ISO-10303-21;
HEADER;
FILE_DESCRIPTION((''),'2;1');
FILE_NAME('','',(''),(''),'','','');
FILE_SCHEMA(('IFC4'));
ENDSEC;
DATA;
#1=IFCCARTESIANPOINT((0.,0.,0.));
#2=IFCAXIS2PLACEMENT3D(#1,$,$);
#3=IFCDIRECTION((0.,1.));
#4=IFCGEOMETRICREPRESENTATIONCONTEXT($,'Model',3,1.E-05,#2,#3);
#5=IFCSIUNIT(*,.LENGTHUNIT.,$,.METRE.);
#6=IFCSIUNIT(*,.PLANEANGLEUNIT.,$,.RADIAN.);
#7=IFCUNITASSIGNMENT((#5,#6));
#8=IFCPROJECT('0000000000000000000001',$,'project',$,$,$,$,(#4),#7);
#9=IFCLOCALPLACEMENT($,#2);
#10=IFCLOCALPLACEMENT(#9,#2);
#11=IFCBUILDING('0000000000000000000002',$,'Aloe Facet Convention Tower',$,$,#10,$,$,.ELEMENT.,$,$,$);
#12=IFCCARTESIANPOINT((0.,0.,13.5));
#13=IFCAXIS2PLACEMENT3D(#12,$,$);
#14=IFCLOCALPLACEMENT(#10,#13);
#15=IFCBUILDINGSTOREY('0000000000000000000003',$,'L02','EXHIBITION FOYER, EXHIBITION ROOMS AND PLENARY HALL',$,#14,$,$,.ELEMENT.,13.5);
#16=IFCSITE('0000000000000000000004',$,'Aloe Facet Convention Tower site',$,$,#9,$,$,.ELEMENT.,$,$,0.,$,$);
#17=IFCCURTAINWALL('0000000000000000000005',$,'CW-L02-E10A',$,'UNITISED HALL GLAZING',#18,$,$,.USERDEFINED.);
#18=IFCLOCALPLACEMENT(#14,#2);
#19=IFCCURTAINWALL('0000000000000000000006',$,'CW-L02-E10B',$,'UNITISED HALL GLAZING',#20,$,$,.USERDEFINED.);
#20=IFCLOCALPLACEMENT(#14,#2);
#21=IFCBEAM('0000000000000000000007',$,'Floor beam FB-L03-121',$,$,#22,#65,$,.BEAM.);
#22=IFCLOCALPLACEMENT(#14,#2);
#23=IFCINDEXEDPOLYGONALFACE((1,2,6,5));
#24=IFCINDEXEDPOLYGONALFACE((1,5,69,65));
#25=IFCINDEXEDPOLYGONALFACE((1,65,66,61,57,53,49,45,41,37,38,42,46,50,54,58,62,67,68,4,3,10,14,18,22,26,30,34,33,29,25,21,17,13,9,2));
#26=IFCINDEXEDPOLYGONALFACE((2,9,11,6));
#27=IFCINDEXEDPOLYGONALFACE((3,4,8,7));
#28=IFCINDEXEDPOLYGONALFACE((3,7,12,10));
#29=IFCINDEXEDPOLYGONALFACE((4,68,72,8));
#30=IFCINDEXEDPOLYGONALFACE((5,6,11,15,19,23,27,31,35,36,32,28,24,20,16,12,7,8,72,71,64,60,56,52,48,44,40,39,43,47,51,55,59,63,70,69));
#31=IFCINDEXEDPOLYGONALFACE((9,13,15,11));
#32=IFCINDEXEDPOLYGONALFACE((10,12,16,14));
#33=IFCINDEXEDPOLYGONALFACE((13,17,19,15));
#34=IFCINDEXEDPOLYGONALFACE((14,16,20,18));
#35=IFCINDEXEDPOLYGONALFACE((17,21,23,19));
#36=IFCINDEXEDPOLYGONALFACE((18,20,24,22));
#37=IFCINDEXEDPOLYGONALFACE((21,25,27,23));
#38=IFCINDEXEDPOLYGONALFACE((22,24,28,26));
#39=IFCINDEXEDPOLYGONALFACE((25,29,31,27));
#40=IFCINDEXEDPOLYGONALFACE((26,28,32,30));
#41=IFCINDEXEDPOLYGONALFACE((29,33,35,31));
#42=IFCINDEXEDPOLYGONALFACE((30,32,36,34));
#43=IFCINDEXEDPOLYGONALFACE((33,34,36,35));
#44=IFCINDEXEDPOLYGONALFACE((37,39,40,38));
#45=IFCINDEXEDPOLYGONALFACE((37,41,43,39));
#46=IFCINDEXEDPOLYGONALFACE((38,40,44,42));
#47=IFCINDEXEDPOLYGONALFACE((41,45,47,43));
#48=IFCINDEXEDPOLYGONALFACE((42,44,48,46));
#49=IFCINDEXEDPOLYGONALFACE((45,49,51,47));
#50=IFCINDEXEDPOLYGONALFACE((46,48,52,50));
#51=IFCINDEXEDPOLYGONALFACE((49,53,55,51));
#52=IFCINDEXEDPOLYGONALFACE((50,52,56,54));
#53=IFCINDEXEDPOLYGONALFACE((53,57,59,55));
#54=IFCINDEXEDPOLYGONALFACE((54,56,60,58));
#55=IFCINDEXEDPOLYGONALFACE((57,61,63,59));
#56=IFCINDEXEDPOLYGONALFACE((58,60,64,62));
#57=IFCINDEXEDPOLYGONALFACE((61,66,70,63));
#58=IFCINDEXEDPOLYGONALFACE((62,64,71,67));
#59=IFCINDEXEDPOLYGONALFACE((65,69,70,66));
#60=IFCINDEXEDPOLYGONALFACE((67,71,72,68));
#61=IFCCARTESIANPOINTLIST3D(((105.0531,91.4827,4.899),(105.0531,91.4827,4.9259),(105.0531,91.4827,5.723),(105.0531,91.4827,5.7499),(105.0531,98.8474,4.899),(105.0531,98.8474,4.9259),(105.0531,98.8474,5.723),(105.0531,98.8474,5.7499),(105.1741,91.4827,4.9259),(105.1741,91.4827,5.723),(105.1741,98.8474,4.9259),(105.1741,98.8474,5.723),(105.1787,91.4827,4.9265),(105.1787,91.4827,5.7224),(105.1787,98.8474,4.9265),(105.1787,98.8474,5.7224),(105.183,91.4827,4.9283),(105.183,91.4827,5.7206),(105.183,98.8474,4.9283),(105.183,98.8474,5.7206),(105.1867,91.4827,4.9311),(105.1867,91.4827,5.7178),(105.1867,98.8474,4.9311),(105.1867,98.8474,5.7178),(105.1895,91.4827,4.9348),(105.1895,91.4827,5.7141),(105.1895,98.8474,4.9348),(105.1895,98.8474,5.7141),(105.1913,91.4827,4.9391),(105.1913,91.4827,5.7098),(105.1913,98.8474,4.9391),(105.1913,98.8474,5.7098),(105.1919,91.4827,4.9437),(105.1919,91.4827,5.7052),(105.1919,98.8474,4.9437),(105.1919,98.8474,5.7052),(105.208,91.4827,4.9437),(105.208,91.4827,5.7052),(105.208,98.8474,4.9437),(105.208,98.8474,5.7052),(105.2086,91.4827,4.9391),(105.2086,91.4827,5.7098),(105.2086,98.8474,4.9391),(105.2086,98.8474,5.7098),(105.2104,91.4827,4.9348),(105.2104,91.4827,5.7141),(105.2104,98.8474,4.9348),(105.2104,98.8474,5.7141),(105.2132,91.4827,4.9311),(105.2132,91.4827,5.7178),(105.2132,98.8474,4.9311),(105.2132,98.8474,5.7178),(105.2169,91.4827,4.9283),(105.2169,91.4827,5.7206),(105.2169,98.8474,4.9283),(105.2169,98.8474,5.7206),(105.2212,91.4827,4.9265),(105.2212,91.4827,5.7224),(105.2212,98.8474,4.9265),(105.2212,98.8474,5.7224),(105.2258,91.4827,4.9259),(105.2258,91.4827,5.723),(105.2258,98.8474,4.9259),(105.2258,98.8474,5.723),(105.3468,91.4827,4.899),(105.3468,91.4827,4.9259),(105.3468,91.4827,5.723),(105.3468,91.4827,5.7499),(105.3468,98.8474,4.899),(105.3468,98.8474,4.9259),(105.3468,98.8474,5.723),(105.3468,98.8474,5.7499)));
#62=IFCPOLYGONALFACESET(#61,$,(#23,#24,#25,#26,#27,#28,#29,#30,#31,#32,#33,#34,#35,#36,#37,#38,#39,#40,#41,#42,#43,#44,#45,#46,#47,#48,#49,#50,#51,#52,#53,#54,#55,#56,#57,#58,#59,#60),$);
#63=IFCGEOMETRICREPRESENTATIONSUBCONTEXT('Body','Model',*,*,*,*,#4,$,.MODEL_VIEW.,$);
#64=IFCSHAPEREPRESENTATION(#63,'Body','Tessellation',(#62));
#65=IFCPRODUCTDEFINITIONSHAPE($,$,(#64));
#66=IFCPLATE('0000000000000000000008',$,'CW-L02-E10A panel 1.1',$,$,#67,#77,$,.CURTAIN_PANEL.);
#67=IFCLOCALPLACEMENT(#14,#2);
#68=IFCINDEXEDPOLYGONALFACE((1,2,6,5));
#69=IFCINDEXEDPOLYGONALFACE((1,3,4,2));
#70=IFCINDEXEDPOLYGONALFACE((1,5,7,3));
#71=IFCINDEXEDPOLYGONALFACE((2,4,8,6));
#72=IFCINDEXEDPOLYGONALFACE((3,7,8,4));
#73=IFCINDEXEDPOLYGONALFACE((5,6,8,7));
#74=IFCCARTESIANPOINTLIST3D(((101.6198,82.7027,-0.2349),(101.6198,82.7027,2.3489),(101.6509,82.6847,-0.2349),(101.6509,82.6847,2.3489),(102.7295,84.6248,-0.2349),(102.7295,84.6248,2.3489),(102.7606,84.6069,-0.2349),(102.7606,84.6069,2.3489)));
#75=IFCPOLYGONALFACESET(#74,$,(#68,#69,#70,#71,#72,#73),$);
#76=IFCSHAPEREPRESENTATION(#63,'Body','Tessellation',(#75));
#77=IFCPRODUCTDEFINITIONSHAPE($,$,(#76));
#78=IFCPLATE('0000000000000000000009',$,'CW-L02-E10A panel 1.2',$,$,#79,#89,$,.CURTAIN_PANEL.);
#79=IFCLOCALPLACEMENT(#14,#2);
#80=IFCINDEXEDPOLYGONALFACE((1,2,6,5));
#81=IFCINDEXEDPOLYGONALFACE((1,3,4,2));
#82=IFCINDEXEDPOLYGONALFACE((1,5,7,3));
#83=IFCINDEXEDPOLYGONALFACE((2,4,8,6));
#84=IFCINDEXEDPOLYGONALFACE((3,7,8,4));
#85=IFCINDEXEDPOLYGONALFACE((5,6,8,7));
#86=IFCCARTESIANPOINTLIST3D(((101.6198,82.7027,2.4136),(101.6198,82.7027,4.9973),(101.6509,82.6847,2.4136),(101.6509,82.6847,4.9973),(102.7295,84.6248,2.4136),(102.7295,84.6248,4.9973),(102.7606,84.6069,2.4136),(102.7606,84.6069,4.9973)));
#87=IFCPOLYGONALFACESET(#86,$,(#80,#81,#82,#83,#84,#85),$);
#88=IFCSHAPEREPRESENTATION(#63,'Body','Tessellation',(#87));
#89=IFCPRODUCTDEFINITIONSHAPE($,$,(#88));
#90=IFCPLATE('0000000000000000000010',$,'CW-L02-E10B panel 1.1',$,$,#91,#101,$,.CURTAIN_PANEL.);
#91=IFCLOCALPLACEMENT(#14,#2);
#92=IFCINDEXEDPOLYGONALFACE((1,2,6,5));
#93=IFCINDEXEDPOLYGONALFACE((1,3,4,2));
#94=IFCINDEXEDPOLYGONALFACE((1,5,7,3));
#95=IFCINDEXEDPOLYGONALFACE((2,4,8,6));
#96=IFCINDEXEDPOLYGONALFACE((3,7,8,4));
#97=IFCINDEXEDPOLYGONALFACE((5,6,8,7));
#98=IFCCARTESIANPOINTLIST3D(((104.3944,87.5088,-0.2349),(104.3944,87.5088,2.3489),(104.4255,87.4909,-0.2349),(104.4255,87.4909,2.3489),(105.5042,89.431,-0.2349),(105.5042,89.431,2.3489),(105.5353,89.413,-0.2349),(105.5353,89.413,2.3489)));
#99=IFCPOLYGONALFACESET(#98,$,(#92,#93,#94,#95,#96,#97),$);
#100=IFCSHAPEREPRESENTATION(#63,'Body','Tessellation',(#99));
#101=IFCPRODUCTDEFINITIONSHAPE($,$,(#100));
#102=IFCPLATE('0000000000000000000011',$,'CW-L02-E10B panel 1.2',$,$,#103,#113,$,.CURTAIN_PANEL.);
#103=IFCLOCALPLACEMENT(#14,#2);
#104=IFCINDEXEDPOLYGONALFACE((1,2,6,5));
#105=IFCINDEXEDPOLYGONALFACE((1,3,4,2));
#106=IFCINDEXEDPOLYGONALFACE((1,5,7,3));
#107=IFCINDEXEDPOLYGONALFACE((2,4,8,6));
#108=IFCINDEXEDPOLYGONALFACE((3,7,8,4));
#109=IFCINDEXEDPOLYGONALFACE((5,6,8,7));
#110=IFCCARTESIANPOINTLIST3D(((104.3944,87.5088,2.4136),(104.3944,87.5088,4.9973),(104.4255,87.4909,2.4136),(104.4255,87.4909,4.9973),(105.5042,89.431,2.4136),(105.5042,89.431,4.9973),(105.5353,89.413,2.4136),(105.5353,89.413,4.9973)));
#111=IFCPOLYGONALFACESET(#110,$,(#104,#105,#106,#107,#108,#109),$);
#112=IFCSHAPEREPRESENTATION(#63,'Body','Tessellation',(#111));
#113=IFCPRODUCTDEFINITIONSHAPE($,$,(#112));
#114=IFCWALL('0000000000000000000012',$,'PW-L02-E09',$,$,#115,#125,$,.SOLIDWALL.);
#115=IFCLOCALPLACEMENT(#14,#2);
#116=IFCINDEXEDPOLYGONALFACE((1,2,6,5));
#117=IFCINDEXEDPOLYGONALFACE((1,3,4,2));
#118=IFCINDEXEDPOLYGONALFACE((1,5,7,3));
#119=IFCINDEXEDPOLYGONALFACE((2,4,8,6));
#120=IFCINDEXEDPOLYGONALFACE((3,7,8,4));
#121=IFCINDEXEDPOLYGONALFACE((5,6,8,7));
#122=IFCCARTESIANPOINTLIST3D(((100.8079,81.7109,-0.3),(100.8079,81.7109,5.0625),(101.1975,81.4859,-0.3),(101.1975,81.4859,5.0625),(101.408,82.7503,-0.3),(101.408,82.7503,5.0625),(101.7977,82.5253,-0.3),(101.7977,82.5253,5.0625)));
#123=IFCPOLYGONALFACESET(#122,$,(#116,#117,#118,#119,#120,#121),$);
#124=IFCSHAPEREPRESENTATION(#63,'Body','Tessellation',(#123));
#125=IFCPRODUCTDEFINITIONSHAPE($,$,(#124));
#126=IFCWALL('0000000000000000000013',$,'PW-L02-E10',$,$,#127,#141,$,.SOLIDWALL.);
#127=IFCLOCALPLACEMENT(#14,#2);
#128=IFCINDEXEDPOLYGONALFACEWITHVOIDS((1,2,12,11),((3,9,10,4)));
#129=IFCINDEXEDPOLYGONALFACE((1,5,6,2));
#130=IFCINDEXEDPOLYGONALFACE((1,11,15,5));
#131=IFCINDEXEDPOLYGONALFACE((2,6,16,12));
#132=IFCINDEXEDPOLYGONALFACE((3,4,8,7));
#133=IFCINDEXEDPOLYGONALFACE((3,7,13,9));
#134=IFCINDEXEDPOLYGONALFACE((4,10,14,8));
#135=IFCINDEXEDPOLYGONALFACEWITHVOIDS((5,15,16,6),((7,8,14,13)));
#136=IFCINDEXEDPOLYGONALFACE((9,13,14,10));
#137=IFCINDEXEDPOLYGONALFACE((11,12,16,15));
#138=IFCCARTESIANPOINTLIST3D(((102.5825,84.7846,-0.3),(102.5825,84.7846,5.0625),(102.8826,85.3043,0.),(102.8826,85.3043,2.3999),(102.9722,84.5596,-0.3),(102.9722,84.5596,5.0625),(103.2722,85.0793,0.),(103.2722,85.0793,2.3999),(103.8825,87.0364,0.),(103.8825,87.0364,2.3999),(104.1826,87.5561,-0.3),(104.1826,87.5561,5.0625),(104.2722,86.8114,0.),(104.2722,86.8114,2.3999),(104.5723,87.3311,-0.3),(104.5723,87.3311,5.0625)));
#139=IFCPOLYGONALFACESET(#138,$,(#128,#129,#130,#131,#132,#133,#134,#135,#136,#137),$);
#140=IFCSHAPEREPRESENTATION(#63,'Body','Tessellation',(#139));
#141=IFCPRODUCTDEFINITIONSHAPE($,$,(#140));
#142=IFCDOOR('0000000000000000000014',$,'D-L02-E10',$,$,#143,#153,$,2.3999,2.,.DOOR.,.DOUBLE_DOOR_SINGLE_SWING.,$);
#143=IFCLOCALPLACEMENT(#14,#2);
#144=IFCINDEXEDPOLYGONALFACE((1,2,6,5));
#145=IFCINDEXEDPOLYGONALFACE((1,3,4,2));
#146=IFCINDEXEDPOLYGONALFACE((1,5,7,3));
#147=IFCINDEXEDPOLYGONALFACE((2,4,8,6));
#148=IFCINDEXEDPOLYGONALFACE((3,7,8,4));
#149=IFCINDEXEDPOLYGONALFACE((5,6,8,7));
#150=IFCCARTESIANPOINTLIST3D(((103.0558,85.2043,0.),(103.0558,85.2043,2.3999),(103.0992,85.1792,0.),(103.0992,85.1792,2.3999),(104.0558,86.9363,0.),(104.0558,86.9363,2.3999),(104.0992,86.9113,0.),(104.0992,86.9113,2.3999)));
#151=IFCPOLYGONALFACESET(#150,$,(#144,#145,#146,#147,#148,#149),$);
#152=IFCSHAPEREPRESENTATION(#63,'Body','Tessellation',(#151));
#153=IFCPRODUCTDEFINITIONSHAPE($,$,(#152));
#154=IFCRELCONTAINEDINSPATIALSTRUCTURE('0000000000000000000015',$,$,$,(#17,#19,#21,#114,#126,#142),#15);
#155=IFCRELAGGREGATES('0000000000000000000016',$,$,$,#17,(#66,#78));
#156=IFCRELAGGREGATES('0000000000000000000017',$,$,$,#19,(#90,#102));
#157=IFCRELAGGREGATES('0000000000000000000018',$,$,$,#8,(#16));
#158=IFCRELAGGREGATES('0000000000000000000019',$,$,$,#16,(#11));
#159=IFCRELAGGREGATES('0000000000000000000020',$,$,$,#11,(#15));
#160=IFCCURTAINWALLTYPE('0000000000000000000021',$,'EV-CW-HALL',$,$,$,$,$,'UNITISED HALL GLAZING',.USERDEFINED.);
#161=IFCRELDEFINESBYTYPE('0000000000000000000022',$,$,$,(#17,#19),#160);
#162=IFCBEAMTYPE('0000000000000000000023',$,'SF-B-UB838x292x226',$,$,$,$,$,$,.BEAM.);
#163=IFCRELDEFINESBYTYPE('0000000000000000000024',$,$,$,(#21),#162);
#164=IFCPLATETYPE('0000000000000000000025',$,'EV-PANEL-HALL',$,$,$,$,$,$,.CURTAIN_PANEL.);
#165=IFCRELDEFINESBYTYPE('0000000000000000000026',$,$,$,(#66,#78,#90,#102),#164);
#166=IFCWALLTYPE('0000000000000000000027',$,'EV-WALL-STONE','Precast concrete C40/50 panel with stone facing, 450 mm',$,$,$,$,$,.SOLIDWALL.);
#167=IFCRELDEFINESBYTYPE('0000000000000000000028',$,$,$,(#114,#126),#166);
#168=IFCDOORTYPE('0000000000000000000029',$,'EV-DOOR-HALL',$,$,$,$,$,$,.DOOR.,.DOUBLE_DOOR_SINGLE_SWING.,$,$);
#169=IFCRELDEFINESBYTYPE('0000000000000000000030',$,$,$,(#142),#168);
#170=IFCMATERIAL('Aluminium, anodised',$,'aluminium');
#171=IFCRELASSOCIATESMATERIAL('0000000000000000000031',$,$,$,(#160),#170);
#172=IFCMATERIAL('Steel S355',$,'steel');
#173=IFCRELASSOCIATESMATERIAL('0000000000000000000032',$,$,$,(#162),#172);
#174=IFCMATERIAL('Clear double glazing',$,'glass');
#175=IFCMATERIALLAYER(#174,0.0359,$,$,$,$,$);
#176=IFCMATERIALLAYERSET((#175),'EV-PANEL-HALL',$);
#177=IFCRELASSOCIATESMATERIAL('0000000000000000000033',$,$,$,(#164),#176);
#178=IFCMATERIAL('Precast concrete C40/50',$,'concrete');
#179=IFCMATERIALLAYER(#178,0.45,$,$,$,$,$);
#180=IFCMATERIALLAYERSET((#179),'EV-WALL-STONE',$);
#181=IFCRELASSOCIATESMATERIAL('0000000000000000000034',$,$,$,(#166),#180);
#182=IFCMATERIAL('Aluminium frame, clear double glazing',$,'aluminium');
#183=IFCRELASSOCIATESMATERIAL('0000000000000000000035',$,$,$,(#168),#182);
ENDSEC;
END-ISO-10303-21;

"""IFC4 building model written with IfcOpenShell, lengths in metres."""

from ifc_helpers import new_model, si_unit, direction, frame, frame_2d, origin, origin_2d, place, context, subcontext, project, spatial, rectangle, i_section, extrude, material, layer, layer_set, material_profile, profile_set, type_object, element, fill, aggregate, save


model = new_model("IFC4")

# Units and contexts
model_context = context("Model", 3, precision=1e-05, world=origin(), true_north=direction((0.0, 1.0)))
body_context = subcontext(model_context, "Body", "Model", "MODEL_VIEW")
ifc_project = project(units=[si_unit("LENGTHUNIT", "METRE"), si_unit("PLANEANGLEUNIT", "RADIAN")], contexts=[model_context])

# Site, building, storey
site_placement = place(None, origin())
site = spatial("IfcSite", under=ifc_project, at=site_placement, Name="Aloe Facet Convention Tower site", CompositionType="ELEMENT", RefElevation=0.0)
building_placement = place(site_placement, origin())
building = spatial("IfcBuilding", under=site, at=building_placement, Name="Aloe Facet Convention Tower", CompositionType="ELEMENT")
storey_placement = place(building_placement, frame((0.0, 0.0, 13.5)))
storey = spatial("IfcBuildingStorey", under=building, at=storey_placement, Name="L02", Description="EXHIBITION FOYER, EXHIBITION ROOMS AND PLENARY HALL", CompositionType="ELEMENT", Elevation=13.5)

# Shared definitions
ifc_material_1 = material(Name="Aluminium, anodised", Category="aluminium")
curtain_wall_type = type_object("IfcCurtainWallType", Name="EV-CW-HALL", ElementType="UNITISED HALL GLAZING", PredefinedType="USERDEFINED", material=ifc_material_1)

# Curtain wall
curtain_wall_1_placement = place(storey_placement, origin())
curtain_wall_1 = element("IfcCurtainWall", 1, at=curtain_wall_1_placement, inside=storey, type_object=curtain_wall_type, Name="CW-L02-E10A", ObjectType="UNITISED HALL GLAZING", PredefinedType="USERDEFINED")

# Curtain wall
curtain_wall_2_placement = place(storey_placement, origin())
curtain_wall_2 = element("IfcCurtainWall", 2, at=curtain_wall_2_placement, inside=storey, type_object=curtain_wall_type, Name="CW-L02-E10B", ObjectType="UNITISED HALL GLAZING", PredefinedType="USERDEFINED")

# Beam
ifc_material_2 = material(Name="Steel S355", Category="steel")
ifc_material_profile_1 = material_profile(ifc_material_2, i_section(OverallWidth=0.2937, OverallDepth=0.8508, WebThickness=0.0161, FlangeThickness=0.0269, FilletRadius=0.0178, at=origin_2d()), Name="UB 838x292x226")
ifc_profile_set_1 = profile_set([ifc_material_profile_1], Name="Steel S355")
beam_type_1 = type_object("IfcBeamType", Name="SF-B-UB838x292x226", PredefinedType="BEAM", material=ifc_profile_set_1)
beam_1_placement = place(storey_placement, frame((105.2, 91.4827, 5.3245), z_axis=(0.0, 1.0, 0.0), x_axis=(-1.0, 0.0, 0.0)))
element("IfcBeam", 3, at=beam_1_placement, inside=storey, type_object=beam_type_1, Name="Floor beam FB-L03-121", PredefinedType="BEAM", context=body_context, shape_type="SweptSolid", body=[
    extrude(i_section(OverallWidth=0.2937, OverallDepth=0.8508, WebThickness=0.0161, FlangeThickness=0.0269, FilletRadius=0.0178, at=origin_2d()), origin(), (0.0, 0.0, 1.0), 7.3647),
])

# Plates
ifc_material_3 = material(Name="Clear double glazing", Category="glass")
ifc_layer_1 = layer(ifc_material_3, 0.0359)
ifc_layer_set_1 = layer_set([ifc_layer_1], Name="EV-PANEL-HALL")
plate_type = type_object("IfcPlateType", Name="EV-PANEL-HALL", PredefinedType="CURTAIN_PANEL", material=ifc_layer_set_1)
plate_1_placement = place(storey_placement, frame((102.1902, 83.6548, -0.2349), z_axis=(0.0, 0.0, 1.0), x_axis=(0.5, 0.866025, 0.0)))
plate_1 = element("IfcPlate", 4, at=plate_1_placement, type_object=plate_type, Name="CW-L02-E10A panel 1.1", PredefinedType="CURTAIN_PANEL", context=body_context, shape_type="SweptSolid", body=[
    extrude(rectangle(XDim=2.2195, YDim=0.0359, at=origin_2d()), origin(), (0.0, 0.0, 1.0), 2.5837),
])
plate_2_placement = place(storey_placement, frame((102.1902, 83.6548, 2.4136), z_axis=(0.0, 0.0, 1.0), x_axis=(0.5, 0.866025, 0.0)))
plate_2 = element("IfcPlate", 5, at=plate_2_placement, type_object=plate_type, Name="CW-L02-E10A panel 1.2", PredefinedType="CURTAIN_PANEL", context=body_context, shape_type="SweptSolid", body=[
    extrude(rectangle(XDim=2.2195, YDim=0.0359, at=origin_2d()), origin(), (0.0, 0.0, 1.0), 2.5837),
])
aggregate(curtain_wall_1, [plate_1, plate_2])
plate_3_placement = place(storey_placement, frame((104.9648, 88.4609, -0.2349), z_axis=(0.0, 0.0, 1.0), x_axis=(0.5, 0.866025, 0.0)))
plate_3 = element("IfcPlate", 6, at=plate_3_placement, type_object=plate_type, Name="CW-L02-E10B panel 1.1", PredefinedType="CURTAIN_PANEL", context=body_context, shape_type="SweptSolid", body=[
    extrude(rectangle(XDim=2.2195, YDim=0.0359, at=origin_2d()), origin(), (0.0, 0.0, 1.0), 2.5837),
])
plate_4_placement = place(storey_placement, frame((104.9648, 88.4609, 2.4136), z_axis=(0.0, 0.0, 1.0), x_axis=(0.5, 0.866025, 0.0)))
plate_4 = element("IfcPlate", 7, at=plate_4_placement, type_object=plate_type, Name="CW-L02-E10B panel 1.2", PredefinedType="CURTAIN_PANEL", context=body_context, shape_type="SweptSolid", body=[
    extrude(rectangle(XDim=2.2195, YDim=0.0359, at=origin_2d()), origin(), (0.0, 0.0, 1.0), 2.5837),
])
aggregate(curtain_wall_2, [plate_3, plate_4])

# Wall
ifc_material_4 = material(Name="Precast concrete C40/50", Category="concrete")
ifc_layer_2 = layer(ifc_material_4, 0.45)
ifc_layer_set_2 = layer_set([ifc_layer_2], Name="EV-WALL-STONE")
wall_type = type_object("IfcWallType", Name="EV-WALL-STONE", Description="Precast concrete C40/50 panel with stone facing, 450 mm", PredefinedType="SOLIDWALL", material=ifc_layer_set_2)
wall_1_placement = place(storey_placement, frame((101.0027, 81.5984, -0.3), z_axis=(0.0, 0.0, 1.0), x_axis=(0.500034, 0.866006, 0.0)))
element("IfcWall", 8, at=wall_1_placement, inside=storey, type_object=wall_type, Name="PW-L02-E09", PredefinedType="SOLIDWALL", context=body_context, shape_type="SweptSolid", body=[
    extrude(rectangle(XDim=1.2002, YDim=0.45, at=frame_2d((0.6001, 0.0))), origin(), (0.0, 0.0, 1.0), 5.3625),
])

# Wall, opening, door
wall_2_placement = place(storey_placement, frame((102.7773, 84.6721, -0.3), z_axis=(0.0, 0.0, 1.0), x_axis=(0.499995, 0.866028, 0.0)))
wall_2 = element("IfcWall", 9, at=wall_2_placement, inside=storey, type_object=wall_type, Name="PW-L02-E10", PredefinedType="SOLIDWALL", context=body_context, shape_type="SweptSolid", body=[
    extrude(rectangle(XDim=3.2002, YDim=0.45, at=frame_2d((1.6001, 0.0))), origin(), (0.0, 0.0, 1.0), 5.3625),
])
opening_placement = place(wall_2_placement, frame((0.6001, 0.0, 0.3)))
opening = element("IfcOpeningElement", 10, at=opening_placement, cuts=wall_2, PredefinedType="OPENING", context=body_context, shape_type="SweptSolid", body=[
    extrude(rectangle(XDim=2.0, YDim=2.3999, at=frame_2d((1.0, 1.2))), frame((0.0, 0.2349, 0.0), z_axis=(0.0, -1.0, 0.0), x_axis=(1.0, 0.0, 0.0)), (0.0, 0.0, 1.0), 0.47),
])
ifc_material_5 = material(Name="Aluminium frame, clear double glazing", Category="aluminium")
door_type = type_object("IfcDoorType", Name="EV-DOOR-HALL", OperationType="DOUBLE_DOOR_SINGLE_SWING", PredefinedType="DOOR", material=ifc_material_5)
door_placement = place(opening_placement, origin())
door = element("IfcDoor", 11, at=door_placement, inside=storey, type_object=door_type, Name="D-L02-E10", OperationType="DOUBLE_DOOR_SINGLE_SWING", OverallHeight=2.3999, OverallWidth=2.0, PredefinedType="DOOR", context=body_context, shape_type="SweptSolid", body=[
    extrude(rectangle(XDim=2.0, YDim=2.3999, at=frame_2d((1.0, 1.2))), frame((0.0, 0.0249, 0.0), z_axis=(0.0, -1.0, 0.0), x_axis=(1.0, 0.0, 0.0)), (0.0, 0.0, 1.0), 0.05),
])
fill(opening, door)

save(model, "model.ifc")
